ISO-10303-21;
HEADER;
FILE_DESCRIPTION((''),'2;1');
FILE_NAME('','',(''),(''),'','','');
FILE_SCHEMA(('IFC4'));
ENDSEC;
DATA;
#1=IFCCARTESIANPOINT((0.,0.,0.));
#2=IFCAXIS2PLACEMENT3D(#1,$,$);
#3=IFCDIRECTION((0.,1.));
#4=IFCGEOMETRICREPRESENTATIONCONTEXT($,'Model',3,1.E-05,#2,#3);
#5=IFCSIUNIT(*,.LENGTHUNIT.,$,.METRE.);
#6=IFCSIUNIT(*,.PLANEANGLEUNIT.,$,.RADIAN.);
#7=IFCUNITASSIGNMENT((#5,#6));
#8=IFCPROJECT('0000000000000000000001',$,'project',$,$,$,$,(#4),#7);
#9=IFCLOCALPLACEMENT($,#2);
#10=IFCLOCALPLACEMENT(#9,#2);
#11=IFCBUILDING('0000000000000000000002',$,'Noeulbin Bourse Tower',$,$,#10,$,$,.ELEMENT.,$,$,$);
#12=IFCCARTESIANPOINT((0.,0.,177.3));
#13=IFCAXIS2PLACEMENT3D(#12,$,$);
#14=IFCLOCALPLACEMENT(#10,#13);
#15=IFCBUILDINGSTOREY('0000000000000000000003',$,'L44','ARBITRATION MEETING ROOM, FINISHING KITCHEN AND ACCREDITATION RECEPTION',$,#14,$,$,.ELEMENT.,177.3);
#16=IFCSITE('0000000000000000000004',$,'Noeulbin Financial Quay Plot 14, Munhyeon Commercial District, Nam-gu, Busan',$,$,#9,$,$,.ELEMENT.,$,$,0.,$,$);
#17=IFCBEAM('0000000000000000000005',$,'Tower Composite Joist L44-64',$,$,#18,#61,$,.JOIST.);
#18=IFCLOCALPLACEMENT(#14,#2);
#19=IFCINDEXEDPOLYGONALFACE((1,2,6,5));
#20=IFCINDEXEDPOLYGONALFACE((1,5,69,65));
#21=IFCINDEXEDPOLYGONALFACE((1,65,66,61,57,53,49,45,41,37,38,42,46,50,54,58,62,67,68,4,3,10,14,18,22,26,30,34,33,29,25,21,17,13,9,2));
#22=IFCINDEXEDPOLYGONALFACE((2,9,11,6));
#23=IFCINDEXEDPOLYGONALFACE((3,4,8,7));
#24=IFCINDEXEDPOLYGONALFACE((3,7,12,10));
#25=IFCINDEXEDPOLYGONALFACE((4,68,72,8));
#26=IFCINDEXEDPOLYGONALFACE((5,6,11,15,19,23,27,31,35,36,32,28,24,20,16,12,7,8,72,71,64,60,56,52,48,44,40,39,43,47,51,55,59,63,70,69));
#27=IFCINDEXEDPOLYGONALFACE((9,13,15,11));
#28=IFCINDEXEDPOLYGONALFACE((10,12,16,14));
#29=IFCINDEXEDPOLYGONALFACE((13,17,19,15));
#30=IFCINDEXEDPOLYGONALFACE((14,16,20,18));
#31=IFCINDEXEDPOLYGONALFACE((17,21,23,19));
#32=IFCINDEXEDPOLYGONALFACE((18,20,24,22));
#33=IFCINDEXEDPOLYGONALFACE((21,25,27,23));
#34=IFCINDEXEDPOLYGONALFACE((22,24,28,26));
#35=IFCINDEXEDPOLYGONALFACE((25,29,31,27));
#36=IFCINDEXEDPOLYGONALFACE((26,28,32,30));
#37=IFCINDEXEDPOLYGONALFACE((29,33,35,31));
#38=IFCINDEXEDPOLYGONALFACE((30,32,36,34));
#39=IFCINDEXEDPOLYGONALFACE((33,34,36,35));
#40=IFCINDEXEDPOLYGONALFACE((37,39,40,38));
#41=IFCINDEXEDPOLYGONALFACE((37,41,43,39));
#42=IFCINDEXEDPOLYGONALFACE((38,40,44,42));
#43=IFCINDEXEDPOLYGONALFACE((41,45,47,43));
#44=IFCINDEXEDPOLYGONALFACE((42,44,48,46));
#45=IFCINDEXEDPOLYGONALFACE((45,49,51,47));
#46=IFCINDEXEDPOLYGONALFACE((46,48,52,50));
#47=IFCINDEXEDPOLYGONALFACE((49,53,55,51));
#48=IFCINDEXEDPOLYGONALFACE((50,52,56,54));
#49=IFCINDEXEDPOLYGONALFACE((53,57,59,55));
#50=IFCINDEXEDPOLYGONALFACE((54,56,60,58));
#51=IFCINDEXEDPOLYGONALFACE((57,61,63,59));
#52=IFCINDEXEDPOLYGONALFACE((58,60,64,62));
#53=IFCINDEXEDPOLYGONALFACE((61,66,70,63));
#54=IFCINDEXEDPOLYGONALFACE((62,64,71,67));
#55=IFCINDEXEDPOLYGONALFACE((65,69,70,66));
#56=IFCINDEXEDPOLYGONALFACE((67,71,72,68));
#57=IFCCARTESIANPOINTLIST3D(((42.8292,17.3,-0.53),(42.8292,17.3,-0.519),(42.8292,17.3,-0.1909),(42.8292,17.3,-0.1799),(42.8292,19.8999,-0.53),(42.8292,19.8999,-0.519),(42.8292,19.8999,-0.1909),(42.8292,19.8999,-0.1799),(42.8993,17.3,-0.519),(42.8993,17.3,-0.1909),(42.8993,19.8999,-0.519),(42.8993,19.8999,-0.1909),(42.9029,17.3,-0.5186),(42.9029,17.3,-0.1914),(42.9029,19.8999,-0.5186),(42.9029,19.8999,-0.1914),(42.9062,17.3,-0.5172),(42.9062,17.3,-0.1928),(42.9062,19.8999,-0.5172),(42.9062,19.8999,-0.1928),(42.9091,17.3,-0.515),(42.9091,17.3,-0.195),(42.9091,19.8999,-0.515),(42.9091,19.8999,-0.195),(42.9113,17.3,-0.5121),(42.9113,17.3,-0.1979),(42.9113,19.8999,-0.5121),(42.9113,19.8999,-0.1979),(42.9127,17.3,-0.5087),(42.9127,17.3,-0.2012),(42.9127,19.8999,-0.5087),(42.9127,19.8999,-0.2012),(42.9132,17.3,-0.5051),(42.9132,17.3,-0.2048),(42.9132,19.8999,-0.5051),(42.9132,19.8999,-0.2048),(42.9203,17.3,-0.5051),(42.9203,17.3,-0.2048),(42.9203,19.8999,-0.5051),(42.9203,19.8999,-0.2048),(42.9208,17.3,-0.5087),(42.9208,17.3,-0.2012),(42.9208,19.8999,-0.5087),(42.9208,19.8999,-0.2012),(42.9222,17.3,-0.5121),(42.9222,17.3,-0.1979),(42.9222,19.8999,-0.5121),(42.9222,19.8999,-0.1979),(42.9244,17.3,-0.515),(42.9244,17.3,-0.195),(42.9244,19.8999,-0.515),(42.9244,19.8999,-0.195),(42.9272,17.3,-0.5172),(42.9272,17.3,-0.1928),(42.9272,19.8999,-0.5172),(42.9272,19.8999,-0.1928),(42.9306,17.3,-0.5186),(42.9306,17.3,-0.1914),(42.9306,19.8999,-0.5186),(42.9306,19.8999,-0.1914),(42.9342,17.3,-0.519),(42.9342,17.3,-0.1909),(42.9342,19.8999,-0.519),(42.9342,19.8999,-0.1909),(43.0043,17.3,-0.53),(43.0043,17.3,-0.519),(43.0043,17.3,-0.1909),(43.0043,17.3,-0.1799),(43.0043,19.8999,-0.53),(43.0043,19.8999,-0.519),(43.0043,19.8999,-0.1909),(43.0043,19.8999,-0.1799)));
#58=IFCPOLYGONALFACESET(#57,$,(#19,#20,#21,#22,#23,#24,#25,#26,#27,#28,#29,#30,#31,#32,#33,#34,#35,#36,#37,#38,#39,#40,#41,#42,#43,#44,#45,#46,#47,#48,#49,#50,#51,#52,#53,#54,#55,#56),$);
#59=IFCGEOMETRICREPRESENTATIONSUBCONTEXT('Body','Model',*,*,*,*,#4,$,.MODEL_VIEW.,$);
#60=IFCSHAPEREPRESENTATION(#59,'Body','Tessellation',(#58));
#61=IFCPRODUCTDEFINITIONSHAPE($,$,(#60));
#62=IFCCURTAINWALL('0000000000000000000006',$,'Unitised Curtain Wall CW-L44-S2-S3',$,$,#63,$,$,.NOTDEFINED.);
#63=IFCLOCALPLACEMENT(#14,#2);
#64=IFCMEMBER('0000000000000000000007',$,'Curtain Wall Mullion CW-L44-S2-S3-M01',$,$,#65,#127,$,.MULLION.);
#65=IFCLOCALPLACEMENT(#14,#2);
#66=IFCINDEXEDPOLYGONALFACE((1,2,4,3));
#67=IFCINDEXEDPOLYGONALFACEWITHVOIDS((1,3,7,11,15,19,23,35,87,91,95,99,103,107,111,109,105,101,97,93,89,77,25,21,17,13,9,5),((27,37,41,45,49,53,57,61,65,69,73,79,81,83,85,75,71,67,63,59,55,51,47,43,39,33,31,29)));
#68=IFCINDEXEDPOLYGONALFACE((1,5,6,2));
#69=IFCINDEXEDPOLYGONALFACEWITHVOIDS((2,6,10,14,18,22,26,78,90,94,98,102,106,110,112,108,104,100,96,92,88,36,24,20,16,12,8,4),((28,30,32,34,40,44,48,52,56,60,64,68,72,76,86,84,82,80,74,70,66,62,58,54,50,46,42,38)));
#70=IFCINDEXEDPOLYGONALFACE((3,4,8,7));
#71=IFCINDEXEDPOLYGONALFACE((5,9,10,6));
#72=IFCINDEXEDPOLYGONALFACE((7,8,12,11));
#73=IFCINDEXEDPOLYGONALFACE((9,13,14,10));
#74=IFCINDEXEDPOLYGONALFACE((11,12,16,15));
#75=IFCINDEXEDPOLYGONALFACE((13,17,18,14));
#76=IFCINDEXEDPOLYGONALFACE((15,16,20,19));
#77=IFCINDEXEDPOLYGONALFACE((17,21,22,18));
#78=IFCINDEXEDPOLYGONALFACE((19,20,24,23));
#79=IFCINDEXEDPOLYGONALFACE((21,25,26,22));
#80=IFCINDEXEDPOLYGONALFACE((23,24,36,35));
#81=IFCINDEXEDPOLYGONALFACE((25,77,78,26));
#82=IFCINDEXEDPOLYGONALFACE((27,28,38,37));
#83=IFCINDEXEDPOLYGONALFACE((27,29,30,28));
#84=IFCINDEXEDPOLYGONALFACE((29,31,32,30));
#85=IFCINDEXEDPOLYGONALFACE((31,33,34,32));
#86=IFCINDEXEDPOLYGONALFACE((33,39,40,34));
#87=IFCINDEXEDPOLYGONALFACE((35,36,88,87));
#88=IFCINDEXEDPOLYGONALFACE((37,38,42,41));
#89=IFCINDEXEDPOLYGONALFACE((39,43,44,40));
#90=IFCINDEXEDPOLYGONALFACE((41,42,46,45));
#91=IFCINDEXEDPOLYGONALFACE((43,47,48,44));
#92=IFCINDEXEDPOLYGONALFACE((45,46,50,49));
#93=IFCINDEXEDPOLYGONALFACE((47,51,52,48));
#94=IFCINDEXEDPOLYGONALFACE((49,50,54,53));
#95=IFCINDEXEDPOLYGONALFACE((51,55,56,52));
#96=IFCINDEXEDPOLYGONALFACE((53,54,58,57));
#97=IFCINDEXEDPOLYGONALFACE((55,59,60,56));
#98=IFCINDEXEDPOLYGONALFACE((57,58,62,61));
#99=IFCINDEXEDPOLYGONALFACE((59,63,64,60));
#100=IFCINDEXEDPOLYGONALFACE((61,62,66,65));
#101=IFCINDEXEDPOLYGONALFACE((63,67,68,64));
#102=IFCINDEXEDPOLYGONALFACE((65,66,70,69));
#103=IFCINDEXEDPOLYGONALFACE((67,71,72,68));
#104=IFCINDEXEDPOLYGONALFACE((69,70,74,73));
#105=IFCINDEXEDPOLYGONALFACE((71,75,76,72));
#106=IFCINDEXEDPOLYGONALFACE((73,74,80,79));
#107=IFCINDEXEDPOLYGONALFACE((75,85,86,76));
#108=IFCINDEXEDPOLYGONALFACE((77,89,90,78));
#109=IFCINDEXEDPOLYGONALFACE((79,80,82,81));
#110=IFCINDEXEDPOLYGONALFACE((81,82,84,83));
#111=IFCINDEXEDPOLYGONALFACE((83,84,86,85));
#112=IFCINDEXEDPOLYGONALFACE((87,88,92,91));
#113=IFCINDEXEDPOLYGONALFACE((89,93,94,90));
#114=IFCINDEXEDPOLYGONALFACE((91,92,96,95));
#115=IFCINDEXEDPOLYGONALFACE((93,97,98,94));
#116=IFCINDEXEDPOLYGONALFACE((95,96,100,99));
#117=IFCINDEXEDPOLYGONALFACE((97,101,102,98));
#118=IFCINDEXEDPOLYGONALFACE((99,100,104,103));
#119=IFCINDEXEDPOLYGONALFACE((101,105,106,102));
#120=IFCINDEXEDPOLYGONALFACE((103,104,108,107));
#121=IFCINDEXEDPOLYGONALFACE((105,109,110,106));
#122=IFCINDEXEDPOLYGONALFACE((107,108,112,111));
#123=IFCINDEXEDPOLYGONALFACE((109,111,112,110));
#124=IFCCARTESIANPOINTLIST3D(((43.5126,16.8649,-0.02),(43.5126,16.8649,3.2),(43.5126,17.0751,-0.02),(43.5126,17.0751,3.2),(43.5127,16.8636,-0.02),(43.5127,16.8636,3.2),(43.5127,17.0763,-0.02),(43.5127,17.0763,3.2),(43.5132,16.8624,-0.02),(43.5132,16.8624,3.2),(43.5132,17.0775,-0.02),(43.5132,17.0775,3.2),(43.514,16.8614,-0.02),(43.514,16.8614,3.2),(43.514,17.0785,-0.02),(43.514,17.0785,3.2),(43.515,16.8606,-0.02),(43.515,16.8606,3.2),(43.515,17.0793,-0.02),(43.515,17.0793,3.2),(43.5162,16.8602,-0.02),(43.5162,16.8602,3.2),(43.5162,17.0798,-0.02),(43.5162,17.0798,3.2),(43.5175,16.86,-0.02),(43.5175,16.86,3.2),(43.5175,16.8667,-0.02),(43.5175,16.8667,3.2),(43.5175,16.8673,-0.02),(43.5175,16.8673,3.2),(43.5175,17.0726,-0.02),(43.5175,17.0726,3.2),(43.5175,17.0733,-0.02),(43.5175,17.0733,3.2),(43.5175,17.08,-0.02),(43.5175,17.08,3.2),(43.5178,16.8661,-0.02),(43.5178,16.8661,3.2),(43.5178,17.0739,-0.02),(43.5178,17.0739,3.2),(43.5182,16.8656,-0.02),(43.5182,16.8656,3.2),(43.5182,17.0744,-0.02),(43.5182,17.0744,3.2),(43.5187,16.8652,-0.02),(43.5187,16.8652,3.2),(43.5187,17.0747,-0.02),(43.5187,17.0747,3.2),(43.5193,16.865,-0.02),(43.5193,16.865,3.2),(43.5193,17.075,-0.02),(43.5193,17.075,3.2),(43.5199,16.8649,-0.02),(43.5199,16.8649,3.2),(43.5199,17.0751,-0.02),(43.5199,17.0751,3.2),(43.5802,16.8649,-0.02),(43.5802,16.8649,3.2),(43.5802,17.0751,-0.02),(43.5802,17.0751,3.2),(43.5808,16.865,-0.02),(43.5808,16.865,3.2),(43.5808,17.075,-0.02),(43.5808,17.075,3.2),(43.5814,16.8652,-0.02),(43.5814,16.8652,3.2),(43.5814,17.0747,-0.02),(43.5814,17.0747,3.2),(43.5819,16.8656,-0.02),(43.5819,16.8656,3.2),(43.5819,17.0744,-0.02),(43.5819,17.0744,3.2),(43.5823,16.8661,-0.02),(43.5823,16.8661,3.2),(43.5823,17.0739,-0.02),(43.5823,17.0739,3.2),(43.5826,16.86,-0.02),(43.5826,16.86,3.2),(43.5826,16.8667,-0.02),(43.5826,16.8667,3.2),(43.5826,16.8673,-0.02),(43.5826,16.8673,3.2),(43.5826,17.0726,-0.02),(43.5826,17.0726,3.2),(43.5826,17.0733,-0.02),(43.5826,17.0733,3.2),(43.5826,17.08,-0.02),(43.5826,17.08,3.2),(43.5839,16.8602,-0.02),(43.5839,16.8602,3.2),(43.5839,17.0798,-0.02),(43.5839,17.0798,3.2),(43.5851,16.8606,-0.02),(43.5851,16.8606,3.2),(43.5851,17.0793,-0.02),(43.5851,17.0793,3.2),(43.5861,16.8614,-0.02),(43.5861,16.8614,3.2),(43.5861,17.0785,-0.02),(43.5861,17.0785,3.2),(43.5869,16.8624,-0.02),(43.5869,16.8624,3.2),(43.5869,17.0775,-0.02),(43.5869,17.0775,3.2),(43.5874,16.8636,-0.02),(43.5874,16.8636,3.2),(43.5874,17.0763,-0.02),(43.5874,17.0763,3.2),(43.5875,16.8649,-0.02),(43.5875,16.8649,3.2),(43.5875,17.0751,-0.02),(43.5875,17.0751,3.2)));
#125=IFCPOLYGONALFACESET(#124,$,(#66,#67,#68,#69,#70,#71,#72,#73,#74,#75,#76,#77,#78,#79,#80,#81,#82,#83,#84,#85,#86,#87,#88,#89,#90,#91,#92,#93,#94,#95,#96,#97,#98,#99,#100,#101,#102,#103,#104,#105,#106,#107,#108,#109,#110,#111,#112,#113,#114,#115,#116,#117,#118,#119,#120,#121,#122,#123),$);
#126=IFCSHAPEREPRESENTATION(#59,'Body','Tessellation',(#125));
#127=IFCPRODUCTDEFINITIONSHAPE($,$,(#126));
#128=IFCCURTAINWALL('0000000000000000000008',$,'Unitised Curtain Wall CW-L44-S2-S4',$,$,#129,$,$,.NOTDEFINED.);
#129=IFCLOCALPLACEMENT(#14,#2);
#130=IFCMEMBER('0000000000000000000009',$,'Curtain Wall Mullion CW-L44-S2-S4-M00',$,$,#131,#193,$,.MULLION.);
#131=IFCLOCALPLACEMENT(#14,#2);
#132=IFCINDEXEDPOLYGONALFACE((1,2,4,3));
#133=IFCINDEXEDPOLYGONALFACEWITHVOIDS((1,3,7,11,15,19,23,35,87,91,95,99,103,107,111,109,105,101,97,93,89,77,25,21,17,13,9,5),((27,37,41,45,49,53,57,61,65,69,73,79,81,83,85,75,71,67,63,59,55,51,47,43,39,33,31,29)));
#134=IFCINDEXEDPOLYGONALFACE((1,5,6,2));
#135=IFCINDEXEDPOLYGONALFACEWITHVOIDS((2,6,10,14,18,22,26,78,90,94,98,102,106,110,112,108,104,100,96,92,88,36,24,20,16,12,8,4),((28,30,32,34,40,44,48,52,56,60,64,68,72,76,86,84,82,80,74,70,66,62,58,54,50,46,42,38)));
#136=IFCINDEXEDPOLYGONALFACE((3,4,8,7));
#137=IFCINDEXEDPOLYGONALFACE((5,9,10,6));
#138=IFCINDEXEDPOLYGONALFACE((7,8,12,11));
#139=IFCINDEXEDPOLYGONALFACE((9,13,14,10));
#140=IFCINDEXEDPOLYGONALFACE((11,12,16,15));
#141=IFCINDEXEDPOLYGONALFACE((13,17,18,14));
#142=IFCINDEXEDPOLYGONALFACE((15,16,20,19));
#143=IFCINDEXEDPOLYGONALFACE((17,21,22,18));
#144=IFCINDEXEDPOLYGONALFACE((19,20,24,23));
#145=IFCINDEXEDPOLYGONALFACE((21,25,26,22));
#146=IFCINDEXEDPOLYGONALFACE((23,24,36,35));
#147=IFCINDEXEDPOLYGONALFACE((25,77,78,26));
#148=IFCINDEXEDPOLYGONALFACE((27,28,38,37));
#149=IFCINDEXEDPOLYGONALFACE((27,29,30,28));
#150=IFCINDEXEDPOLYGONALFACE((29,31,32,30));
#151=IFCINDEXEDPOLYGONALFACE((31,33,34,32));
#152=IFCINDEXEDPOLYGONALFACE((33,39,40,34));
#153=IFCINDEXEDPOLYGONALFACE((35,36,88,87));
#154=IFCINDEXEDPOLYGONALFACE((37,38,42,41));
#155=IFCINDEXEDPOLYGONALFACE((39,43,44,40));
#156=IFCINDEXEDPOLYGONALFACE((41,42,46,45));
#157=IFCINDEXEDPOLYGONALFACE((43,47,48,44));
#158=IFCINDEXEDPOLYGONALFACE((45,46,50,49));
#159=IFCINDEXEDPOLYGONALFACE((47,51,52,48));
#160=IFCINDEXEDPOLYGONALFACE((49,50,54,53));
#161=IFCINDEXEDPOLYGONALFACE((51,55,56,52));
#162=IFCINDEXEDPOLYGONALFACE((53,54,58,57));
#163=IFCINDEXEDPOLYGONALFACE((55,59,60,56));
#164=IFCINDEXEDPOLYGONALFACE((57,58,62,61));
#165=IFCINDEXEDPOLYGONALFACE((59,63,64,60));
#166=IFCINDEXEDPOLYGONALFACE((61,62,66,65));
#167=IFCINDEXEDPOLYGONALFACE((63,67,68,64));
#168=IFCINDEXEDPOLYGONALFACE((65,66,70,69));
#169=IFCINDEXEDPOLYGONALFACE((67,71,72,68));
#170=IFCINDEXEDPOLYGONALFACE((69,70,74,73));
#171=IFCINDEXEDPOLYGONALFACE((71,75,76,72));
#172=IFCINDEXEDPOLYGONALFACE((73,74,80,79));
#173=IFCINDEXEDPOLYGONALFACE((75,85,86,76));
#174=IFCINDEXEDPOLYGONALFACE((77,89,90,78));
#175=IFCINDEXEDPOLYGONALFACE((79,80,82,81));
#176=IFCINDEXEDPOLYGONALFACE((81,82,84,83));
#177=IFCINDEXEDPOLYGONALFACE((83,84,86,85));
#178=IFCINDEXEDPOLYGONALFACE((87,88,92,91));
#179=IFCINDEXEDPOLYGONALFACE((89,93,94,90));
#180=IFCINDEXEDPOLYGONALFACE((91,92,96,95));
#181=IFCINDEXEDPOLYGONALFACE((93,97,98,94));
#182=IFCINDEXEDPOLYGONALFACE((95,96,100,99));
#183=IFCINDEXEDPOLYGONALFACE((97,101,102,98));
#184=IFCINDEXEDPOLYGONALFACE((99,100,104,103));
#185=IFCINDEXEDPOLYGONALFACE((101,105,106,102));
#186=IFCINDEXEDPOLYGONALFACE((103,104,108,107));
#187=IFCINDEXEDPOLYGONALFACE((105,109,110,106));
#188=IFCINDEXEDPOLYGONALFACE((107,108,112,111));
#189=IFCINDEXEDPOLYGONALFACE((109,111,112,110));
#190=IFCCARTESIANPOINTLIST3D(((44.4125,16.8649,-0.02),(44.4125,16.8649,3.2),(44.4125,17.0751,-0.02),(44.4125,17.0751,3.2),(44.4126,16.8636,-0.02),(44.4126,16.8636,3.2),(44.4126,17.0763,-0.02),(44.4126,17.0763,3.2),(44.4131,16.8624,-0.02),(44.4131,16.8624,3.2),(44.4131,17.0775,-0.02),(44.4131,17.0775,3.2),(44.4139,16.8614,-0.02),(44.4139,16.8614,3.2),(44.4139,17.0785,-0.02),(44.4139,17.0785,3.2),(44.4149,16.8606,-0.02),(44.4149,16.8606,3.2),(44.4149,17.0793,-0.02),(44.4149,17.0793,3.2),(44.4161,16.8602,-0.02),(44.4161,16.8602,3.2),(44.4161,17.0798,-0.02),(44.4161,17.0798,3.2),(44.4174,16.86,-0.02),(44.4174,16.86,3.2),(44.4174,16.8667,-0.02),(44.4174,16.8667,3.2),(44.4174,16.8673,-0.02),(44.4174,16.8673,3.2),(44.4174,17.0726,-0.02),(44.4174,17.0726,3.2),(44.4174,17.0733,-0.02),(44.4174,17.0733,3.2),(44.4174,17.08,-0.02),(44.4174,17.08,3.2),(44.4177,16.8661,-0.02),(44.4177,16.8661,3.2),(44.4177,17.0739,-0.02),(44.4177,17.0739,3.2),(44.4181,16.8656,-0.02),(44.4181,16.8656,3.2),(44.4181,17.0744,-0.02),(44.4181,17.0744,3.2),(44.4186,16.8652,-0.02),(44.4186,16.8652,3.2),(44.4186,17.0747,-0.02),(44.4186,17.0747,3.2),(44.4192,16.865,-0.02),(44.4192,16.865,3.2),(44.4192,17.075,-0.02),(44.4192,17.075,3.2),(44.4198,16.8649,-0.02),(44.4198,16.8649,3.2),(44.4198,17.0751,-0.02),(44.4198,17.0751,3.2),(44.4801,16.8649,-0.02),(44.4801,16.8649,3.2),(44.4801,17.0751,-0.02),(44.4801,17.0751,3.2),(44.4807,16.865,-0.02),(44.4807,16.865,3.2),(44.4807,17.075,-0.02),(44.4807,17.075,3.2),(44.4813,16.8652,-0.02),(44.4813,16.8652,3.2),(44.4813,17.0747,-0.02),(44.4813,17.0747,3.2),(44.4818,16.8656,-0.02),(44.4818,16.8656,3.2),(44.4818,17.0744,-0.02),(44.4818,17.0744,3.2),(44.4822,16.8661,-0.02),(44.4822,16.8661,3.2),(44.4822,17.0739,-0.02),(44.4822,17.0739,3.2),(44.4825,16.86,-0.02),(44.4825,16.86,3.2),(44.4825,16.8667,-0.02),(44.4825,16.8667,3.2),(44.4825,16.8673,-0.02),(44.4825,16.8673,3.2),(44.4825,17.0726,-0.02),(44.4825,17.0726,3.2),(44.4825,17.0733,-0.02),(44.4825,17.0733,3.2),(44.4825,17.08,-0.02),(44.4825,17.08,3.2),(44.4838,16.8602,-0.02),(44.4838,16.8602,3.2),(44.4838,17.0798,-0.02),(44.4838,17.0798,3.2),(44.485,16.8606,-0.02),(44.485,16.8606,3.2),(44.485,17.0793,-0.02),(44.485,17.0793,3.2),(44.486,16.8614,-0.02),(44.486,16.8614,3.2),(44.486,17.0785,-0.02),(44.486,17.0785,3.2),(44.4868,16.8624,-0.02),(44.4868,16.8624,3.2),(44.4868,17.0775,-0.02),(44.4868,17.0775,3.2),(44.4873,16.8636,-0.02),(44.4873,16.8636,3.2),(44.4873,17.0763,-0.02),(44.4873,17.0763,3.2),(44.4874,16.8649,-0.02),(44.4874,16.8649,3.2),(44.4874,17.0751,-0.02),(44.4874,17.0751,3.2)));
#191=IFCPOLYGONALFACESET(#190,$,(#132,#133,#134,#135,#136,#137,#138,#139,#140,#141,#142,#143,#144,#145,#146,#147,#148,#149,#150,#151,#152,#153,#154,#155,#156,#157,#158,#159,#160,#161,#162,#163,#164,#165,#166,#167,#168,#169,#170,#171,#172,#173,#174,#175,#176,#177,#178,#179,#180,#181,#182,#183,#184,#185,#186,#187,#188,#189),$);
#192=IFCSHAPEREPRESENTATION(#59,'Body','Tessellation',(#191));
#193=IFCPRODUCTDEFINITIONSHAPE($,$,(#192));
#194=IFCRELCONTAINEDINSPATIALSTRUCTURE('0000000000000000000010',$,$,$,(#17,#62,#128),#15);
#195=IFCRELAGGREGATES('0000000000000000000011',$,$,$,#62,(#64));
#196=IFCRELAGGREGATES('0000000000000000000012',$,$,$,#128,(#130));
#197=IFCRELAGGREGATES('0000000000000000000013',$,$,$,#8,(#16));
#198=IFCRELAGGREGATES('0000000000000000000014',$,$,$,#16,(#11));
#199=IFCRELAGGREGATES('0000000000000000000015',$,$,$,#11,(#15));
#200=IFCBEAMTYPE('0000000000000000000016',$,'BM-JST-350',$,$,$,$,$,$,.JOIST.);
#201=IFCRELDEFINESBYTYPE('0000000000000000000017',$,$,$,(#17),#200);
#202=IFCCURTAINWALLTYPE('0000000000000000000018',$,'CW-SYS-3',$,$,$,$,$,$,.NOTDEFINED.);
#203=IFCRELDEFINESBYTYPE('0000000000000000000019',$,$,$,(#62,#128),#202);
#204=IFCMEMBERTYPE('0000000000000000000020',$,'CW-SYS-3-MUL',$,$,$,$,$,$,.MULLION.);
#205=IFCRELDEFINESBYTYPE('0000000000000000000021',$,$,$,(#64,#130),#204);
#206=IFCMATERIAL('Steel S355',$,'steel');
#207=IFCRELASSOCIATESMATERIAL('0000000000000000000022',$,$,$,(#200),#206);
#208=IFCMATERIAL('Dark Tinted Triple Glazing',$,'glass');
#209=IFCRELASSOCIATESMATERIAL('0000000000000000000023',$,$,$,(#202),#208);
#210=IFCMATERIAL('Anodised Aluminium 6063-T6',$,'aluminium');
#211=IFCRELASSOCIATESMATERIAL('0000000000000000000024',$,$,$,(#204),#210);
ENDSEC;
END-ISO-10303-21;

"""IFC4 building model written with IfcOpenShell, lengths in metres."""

from ifc_helpers import new_model, si_unit, direction, frame, origin, origin_2d, place, context, subcontext, project, spatial, hollow_rectangle, i_section, extrude, material, material_profile, profile_set, type_object, element, aggregate, save


model = new_model("IFC4")

# Units and contexts
model_context = context("Model", 3, precision=1e-05, world=origin(), true_north=direction((0.0, 1.0)))
body_context = subcontext(model_context, "Body", "Model", "MODEL_VIEW")
ifc_project = project(units=[si_unit("LENGTHUNIT", "METRE"), si_unit("PLANEANGLEUNIT", "RADIAN")], contexts=[model_context])

# Site, building, storey
site_placement = place(None, origin())
site = spatial("IfcSite", under=ifc_project, at=site_placement, Name="Noeulbin Financial Quay Plot 14, Munhyeon Commercial District, Nam-gu, Busan", CompositionType="ELEMENT", RefElevation=0.0)
building_placement = place(site_placement, origin())
building = spatial("IfcBuilding", under=site, at=building_placement, Name="Noeulbin Bourse Tower", CompositionType="ELEMENT")
storey_placement = place(building_placement, frame((0.0, 0.0, 177.3)))
storey = spatial("IfcBuildingStorey", under=building, at=storey_placement, Name="L44", Description="ARBITRATION MEETING ROOM, FINISHING KITCHEN AND ACCREDITATION RECEPTION", CompositionType="ELEMENT", Elevation=177.3)

# Shared definitions
ifc_material_1 = material(Name="Steel S355", Category="steel")

# Beam
ifc_material_profile_1 = material_profile(ifc_material_1, i_section(OverallWidth=0.175, OverallDepth=0.3501, WebThickness=0.0071, FlangeThickness=0.011, FilletRadius=0.0139, at=origin_2d()), Name="H-350x175x7x11", Category="LoadBearing")
ifc_profile_set_1 = profile_set([ifc_material_profile_1], Name="Steel S355")
beam_type_1 = type_object("IfcBeamType", Name="BM-JST-350", PredefinedType="JOIST", material=ifc_profile_set_1)
beam_1_placement = place(storey_placement, frame((42.9167, 17.3, -0.355), z_axis=(0.0, 1.0, 0.0), x_axis=(-1.0, 0.0, 0.0)))
element("IfcBeam", 1, at=beam_1_placement, inside=storey, type_object=beam_type_1, Name="Tower Composite Joist L44-64", PredefinedType="JOIST", context=body_context, shape_type="SweptSolid", body=[
    extrude(i_section(OverallWidth=0.175, OverallDepth=0.3501, WebThickness=0.0071, FlangeThickness=0.011, FilletRadius=0.0139, at=origin_2d()), origin(), (0.0, 0.0, 1.0), 2.5999),
])

# Curtain wall, member
ifc_material_2 = material(Name="Dark Tinted Triple Glazing", Category="glass")
curtain_wall_type = type_object("IfcCurtainWallType", Name="CW-SYS-3", PredefinedType="NOTDEFINED", material=ifc_material_2)
curtain_wall_1_placement = place(storey_placement, origin())
curtain_wall_1 = element("IfcCurtainWall", 2, at=curtain_wall_1_placement, inside=storey, type_object=curtain_wall_type, Name="Unitised Curtain Wall CW-L44-S2-S3", PredefinedType="NOTDEFINED")
ifc_material_3 = material(Name="Anodised Aluminium 6063-T6", Category="aluminium")
ifc_material_profile_2 = material_profile(ifc_material_3, hollow_rectangle(XDim=0.075, YDim=0.22, WallThickness=0.0049, InnerFilletRadius=0.0024, OuterFilletRadius=0.0049, at=origin_2d()), Name="ALU-MULL-75x220x5", Category="LoadBearing")
ifc_profile_set_2 = profile_set([ifc_material_profile_2], Name="Anodised Aluminium 6063-T6")
member_type_1 = type_object("IfcMemberType", Name="CW-SYS-3-MUL", PredefinedType="MULLION", material=ifc_profile_set_2)
member_1_placement = place(storey_placement, frame((43.55, 16.97, -0.02), z_axis=(0.0, 0.0, 1.0), x_axis=(1.0, 0.0, 0.0)))
member_1 = element("IfcMember", 3, at=member_1_placement, type_object=member_type_1, Name="Curtain Wall Mullion CW-L44-S2-S3-M01", PredefinedType="MULLION", context=body_context, shape_type="SweptSolid", body=[
    extrude(hollow_rectangle(XDim=0.075, YDim=0.22, WallThickness=0.0049, InnerFilletRadius=0.0024, OuterFilletRadius=0.0049, at=origin_2d()), origin(), (0.0, 0.0, 1.0), 3.22),
])
aggregate(curtain_wall_1, [member_1])

# Curtain wall, member
curtain_wall_2_placement = place(storey_placement, origin())
curtain_wall_2 = element("IfcCurtainWall", 4, at=curtain_wall_2_placement, inside=storey, type_object=curtain_wall_type, Name="Unitised Curtain Wall CW-L44-S2-S4", PredefinedType="NOTDEFINED")
member_2_placement = place(storey_placement, frame((44.45, 16.97, -0.02), z_axis=(0.0, 0.0, 1.0), x_axis=(1.0, 0.0, 0.0)))
member_2 = element("IfcMember", 5, at=member_2_placement, type_object=member_type_1, Name="Curtain Wall Mullion CW-L44-S2-S4-M00", PredefinedType="MULLION", context=body_context, shape_type="SweptSolid", body=[
    extrude(hollow_rectangle(XDim=0.075, YDim=0.22, WallThickness=0.0049, InnerFilletRadius=0.0024, OuterFilletRadius=0.0049, at=origin_2d()), origin(), (0.0, 0.0, 1.0), 3.22),
])

aggregate(curtain_wall_2, [member_2])

save(model, "model.ifc")
